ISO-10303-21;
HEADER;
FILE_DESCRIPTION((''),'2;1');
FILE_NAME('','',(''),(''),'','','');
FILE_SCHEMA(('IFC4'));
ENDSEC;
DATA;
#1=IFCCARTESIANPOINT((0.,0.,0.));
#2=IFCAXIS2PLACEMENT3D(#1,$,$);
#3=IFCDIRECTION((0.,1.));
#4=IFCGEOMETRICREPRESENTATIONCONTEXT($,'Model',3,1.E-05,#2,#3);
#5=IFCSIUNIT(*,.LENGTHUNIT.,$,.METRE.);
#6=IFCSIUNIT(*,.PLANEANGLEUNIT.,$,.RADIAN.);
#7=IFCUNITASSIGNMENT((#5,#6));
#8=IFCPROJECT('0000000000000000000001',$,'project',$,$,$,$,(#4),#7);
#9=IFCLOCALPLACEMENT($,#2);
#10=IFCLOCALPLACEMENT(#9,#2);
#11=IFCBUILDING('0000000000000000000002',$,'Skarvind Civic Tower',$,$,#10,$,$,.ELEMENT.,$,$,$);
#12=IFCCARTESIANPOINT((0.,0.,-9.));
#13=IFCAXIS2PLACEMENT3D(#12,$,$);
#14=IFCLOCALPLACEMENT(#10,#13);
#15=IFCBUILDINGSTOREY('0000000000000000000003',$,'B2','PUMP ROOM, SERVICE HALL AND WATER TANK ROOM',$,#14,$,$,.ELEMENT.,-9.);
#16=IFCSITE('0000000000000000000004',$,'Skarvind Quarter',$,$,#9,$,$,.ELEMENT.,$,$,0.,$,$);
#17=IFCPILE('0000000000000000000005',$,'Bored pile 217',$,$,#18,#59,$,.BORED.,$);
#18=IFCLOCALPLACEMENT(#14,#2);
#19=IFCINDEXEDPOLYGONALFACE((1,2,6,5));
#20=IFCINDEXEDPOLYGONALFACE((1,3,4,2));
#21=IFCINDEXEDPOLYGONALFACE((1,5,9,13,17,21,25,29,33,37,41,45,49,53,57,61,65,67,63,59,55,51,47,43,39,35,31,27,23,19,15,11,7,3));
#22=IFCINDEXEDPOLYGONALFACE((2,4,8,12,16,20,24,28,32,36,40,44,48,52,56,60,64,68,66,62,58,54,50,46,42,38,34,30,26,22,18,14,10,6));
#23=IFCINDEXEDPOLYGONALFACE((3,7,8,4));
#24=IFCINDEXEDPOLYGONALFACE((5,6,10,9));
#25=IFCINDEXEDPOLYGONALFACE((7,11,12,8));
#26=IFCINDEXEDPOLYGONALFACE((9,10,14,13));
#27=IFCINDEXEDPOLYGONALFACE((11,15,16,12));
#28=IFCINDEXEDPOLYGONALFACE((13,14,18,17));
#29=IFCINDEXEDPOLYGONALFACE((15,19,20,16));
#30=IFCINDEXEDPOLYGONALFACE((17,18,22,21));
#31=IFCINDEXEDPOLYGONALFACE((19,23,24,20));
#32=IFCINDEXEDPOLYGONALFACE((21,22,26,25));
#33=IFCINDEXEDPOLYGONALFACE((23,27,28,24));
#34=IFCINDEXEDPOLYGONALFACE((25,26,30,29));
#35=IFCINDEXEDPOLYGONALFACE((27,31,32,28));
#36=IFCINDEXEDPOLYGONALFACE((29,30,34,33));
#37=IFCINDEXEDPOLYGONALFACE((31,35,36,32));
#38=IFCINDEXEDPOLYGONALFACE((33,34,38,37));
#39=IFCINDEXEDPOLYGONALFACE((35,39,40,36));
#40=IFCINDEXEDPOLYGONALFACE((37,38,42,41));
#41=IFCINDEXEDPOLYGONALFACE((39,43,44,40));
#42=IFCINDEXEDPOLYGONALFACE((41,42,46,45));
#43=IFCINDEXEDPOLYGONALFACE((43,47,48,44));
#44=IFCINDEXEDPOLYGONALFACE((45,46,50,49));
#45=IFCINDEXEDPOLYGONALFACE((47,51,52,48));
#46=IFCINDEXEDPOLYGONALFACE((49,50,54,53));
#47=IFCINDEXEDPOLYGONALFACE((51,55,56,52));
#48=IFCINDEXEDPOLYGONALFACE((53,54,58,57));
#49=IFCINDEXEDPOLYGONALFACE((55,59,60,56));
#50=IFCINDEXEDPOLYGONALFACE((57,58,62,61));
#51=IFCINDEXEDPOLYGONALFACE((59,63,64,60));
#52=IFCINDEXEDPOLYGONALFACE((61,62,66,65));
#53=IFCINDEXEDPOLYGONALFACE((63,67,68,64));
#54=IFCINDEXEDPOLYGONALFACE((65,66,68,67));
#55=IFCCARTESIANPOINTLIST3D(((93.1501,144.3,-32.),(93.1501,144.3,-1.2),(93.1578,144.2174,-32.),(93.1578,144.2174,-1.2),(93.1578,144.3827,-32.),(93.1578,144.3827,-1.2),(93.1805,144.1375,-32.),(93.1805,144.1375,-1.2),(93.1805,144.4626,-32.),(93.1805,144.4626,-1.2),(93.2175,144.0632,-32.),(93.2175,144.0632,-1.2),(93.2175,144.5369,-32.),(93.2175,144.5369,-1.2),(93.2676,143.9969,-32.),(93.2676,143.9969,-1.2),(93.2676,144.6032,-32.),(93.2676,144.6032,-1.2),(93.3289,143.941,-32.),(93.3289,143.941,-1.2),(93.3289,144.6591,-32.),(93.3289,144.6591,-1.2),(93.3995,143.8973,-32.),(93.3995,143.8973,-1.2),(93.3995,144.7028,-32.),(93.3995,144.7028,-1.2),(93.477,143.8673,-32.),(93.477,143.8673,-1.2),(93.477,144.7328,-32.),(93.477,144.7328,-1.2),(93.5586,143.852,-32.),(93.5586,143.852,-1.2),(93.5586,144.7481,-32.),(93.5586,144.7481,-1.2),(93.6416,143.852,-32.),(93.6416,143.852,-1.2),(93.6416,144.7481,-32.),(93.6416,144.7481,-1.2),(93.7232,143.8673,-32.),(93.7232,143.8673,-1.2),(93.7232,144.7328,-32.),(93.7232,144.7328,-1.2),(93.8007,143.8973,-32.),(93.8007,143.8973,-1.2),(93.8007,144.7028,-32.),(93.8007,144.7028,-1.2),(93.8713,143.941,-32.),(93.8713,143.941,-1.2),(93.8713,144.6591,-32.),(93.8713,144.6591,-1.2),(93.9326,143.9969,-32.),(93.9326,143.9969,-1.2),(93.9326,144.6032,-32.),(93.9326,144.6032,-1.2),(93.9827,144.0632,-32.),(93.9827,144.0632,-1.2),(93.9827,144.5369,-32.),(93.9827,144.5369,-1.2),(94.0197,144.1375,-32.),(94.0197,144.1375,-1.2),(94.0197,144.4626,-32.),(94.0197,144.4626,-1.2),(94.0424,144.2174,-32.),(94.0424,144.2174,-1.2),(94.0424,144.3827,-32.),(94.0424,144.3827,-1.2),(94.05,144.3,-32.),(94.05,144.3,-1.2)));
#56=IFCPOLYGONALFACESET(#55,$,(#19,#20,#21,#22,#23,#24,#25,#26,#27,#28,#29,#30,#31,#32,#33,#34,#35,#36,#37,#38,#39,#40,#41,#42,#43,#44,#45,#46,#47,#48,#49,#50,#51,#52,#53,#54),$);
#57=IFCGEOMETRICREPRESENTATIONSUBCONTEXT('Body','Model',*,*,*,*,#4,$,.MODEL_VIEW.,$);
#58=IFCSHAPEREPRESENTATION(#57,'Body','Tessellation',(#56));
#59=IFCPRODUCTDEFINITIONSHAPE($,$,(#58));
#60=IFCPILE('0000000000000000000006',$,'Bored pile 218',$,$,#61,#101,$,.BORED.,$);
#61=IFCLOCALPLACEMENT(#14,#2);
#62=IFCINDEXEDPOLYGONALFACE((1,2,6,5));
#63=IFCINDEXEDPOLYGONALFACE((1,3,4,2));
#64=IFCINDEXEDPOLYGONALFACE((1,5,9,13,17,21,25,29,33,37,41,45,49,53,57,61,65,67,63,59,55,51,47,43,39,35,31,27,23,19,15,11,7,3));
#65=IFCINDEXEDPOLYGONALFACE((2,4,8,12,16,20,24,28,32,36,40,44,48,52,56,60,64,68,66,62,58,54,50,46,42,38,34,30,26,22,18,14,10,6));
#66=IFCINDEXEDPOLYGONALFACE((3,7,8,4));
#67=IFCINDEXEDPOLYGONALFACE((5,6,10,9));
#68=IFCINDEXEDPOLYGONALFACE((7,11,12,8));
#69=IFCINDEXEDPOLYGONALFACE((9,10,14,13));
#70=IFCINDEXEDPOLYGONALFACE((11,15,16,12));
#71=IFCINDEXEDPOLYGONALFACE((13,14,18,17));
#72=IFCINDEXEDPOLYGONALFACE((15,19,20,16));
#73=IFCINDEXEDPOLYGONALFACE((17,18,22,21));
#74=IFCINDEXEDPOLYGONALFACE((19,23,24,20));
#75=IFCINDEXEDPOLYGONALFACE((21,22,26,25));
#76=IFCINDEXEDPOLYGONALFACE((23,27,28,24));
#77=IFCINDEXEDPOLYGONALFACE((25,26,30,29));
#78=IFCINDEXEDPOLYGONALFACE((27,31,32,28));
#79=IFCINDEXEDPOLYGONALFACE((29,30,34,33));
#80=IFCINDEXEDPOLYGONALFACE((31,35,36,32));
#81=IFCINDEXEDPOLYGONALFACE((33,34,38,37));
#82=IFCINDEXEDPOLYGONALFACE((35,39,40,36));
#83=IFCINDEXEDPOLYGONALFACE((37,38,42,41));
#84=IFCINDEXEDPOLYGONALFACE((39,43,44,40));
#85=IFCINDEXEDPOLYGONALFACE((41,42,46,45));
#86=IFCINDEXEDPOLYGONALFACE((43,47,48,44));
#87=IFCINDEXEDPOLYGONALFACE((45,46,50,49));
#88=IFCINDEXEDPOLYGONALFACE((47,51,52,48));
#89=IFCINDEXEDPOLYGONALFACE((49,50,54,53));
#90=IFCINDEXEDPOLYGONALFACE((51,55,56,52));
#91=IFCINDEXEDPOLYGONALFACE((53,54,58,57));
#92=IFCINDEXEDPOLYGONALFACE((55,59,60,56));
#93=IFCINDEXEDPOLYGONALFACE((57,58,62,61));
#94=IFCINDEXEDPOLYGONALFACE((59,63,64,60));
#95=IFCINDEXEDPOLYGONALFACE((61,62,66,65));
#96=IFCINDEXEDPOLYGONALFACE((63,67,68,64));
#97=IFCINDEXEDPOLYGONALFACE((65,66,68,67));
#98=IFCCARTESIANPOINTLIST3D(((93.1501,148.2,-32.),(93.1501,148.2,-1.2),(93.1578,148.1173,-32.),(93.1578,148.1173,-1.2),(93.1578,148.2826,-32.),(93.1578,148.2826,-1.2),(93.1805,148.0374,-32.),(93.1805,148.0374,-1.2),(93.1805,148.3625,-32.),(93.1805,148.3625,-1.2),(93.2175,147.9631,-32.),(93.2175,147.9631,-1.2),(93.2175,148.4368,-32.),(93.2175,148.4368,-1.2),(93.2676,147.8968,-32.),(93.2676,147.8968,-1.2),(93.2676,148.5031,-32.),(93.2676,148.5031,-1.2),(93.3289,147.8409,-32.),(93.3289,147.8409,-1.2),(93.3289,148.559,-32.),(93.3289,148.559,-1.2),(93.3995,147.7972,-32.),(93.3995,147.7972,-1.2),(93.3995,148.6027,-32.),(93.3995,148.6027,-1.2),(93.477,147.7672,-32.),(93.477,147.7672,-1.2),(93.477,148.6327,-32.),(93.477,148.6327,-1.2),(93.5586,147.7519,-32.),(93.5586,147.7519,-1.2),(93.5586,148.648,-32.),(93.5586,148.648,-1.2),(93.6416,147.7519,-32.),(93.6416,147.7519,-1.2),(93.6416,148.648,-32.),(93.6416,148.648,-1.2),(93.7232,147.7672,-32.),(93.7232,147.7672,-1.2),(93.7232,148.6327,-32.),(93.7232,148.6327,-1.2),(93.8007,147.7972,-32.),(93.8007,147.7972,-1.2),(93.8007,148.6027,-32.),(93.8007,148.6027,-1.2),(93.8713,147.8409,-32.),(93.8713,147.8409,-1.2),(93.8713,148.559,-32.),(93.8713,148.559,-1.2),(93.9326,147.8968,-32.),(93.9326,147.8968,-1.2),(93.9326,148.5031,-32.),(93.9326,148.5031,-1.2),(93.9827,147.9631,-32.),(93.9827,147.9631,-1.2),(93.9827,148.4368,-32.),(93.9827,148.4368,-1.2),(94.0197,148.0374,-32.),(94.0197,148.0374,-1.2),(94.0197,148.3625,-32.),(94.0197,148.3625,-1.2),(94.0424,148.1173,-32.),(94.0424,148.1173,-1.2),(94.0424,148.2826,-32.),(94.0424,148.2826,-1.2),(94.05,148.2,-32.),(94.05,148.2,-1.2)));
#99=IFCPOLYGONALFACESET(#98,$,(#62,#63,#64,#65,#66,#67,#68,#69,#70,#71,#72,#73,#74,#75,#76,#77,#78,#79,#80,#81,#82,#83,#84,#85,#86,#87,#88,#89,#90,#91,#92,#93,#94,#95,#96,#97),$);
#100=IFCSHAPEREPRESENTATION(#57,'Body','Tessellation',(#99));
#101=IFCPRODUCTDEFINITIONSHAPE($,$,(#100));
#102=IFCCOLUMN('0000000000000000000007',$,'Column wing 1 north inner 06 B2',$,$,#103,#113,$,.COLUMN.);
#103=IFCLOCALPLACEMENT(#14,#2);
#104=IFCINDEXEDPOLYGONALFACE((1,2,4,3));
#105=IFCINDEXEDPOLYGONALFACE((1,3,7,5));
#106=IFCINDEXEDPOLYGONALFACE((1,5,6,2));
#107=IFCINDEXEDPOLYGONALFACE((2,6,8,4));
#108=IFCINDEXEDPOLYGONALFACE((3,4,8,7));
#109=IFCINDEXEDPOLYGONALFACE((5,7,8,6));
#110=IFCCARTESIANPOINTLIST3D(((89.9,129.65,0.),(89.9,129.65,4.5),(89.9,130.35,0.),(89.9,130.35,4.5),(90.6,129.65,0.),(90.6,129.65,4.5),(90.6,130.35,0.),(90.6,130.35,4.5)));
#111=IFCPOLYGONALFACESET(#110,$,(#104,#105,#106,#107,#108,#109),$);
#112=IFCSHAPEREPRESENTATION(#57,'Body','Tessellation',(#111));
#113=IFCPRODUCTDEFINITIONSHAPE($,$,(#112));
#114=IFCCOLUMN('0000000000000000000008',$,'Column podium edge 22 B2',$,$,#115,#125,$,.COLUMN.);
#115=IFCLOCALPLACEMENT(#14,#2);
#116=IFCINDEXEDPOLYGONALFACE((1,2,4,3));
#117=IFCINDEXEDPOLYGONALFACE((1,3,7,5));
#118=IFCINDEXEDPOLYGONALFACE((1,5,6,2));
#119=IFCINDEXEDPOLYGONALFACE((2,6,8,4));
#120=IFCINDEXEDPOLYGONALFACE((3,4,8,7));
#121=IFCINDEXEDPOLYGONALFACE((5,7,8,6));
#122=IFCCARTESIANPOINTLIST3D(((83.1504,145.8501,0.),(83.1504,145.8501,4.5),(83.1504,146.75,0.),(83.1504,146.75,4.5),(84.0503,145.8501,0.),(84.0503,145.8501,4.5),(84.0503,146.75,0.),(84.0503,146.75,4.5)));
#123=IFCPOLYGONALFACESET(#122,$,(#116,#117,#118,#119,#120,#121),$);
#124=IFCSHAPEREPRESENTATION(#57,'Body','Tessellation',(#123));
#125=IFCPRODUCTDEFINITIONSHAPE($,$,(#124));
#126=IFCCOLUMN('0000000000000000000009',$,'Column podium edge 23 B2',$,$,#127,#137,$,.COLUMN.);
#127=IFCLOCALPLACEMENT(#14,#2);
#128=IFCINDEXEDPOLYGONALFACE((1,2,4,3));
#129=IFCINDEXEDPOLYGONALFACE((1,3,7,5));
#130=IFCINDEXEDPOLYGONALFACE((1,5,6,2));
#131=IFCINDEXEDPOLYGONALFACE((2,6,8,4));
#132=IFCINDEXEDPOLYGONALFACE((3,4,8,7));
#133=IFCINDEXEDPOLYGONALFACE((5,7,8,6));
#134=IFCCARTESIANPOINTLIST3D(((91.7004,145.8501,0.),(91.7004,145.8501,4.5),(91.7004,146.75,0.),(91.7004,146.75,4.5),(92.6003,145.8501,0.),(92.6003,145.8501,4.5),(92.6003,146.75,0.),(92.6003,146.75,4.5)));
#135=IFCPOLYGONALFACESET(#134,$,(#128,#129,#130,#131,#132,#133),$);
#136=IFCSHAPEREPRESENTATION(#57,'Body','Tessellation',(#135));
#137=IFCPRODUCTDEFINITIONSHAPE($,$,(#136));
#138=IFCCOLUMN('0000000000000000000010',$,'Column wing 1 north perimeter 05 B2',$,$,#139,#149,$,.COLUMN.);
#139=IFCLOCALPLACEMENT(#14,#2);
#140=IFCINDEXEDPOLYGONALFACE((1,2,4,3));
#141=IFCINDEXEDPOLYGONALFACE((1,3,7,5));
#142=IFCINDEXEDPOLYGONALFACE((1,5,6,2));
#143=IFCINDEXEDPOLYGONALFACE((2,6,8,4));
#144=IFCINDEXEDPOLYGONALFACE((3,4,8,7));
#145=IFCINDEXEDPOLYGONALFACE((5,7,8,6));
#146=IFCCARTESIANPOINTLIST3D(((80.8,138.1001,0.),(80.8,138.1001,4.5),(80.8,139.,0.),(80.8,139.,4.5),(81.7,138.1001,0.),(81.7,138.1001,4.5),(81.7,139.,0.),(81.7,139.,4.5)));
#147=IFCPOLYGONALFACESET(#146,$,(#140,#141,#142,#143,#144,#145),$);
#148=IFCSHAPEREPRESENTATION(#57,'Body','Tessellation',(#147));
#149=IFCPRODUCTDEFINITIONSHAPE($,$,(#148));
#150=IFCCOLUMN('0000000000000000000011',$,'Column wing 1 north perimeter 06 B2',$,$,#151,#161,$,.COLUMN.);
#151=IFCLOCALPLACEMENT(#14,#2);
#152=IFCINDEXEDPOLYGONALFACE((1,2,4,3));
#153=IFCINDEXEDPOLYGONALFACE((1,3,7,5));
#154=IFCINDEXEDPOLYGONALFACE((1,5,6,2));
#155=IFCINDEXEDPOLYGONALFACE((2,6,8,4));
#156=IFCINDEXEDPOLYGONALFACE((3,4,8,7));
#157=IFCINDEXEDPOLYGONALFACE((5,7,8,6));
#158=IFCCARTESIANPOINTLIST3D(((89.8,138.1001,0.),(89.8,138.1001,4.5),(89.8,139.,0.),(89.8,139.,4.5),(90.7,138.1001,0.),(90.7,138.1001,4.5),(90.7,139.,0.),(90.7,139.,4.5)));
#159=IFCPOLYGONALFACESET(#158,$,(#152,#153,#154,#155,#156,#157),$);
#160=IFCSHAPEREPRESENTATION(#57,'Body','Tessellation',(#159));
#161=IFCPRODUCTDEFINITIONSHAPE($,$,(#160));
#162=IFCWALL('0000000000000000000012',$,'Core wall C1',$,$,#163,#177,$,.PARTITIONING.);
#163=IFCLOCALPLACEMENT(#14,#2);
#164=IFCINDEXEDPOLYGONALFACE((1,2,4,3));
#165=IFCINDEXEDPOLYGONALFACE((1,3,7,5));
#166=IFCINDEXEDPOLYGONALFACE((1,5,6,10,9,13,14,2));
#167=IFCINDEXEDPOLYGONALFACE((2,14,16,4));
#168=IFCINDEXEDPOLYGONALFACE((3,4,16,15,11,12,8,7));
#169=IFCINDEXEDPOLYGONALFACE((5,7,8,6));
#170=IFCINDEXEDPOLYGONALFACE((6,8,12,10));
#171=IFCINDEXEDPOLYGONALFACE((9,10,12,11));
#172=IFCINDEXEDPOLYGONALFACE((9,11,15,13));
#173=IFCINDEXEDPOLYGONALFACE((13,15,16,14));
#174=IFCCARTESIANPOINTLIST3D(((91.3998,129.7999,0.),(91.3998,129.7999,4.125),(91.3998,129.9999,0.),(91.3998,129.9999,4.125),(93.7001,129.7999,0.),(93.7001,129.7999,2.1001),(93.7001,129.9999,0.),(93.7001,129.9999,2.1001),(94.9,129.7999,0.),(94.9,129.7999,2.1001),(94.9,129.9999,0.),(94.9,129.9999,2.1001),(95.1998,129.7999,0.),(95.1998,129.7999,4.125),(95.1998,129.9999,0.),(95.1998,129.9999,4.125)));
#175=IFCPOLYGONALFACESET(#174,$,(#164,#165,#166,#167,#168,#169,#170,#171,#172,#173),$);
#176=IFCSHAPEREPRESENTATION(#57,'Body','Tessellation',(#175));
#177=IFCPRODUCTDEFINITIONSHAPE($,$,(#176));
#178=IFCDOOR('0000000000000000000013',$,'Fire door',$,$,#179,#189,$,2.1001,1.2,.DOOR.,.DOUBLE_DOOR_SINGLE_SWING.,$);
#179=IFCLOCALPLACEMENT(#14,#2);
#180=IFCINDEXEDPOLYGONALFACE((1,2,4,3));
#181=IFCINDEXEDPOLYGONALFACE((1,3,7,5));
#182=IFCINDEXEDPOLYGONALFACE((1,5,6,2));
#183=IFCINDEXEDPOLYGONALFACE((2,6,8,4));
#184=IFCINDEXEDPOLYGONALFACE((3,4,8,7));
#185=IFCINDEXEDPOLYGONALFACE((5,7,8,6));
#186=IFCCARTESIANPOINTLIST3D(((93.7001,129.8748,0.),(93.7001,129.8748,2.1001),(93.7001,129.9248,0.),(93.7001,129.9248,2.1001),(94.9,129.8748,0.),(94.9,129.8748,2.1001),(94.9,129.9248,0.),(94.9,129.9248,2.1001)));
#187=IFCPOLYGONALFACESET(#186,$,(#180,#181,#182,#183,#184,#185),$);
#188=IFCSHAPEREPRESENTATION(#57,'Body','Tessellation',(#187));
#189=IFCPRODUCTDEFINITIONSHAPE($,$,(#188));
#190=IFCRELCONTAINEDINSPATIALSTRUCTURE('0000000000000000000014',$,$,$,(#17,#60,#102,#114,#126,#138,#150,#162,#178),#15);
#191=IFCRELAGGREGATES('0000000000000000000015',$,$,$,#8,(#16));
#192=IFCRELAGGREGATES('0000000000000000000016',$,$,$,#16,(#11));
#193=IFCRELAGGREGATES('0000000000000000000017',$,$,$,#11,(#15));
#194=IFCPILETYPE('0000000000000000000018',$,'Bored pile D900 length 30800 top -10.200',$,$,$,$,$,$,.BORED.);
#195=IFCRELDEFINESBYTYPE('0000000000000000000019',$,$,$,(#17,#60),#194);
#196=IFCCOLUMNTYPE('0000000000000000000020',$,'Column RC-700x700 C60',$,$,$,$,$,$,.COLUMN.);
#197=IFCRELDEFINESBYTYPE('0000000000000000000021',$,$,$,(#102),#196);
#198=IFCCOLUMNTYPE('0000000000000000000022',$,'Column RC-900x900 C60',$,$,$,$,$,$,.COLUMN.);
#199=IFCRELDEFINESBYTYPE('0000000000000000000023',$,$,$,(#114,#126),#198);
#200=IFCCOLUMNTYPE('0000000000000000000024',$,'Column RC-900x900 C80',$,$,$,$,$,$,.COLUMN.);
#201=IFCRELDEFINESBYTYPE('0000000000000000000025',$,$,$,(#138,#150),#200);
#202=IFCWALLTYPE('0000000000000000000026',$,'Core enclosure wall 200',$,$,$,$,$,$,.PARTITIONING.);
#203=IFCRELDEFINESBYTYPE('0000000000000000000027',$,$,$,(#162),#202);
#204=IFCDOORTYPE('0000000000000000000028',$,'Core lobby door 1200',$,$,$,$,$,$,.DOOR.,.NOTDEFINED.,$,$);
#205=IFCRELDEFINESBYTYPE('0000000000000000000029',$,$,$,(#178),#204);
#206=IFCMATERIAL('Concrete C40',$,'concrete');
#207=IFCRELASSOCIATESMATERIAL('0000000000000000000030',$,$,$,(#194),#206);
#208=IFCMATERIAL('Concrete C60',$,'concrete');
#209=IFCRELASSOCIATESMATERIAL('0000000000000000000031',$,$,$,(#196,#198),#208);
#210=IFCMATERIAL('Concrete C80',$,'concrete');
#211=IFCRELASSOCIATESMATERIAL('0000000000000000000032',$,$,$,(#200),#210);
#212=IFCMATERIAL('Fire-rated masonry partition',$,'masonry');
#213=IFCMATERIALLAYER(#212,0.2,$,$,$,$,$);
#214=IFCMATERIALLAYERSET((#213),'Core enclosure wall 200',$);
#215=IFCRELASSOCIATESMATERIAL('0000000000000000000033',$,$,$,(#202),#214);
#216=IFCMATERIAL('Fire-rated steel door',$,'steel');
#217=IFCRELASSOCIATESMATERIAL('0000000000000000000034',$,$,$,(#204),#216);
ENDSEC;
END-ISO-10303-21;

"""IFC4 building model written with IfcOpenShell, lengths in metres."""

from ifc_helpers import new_model, si_unit, direction, frame, frame_2d, origin, origin_2d, place, context, subcontext, project, spatial, rectangle, circle, extrude, material, layer, layer_set, material_profile, profile_set, type_object, element, fill, save


model = new_model("IFC4")

# Units and contexts
model_context = context("Model", 3, precision=1e-05, world=origin(), true_north=direction((0.0, 1.0)))
body_context = subcontext(model_context, "Body", "Model", "MODEL_VIEW")
ifc_project = project(units=[si_unit("LENGTHUNIT", "METRE"), si_unit("PLANEANGLEUNIT", "RADIAN")], contexts=[model_context])

# Site, building, storey
site_placement = place(None, origin())
site = spatial("IfcSite", under=ifc_project, at=site_placement, Name="Skarvind Quarter", CompositionType="ELEMENT", RefElevation=0.0)
building_placement = place(site_placement, origin())
building = spatial("IfcBuilding", under=site, at=building_placement, Name="Skarvind Civic Tower", CompositionType="ELEMENT")
storey_placement = place(building_placement, frame((0.0, 0.0, -9.0)))
storey = spatial("IfcBuildingStorey", under=building, at=storey_placement, Name="B2", Description="PUMP ROOM, SERVICE HALL AND WATER TANK ROOM", CompositionType="ELEMENT", Elevation=-9.0)

# Piles
ifc_material_1 = material(Name="Concrete C40", Category="concrete")
pile_type_1 = type_object("IfcPileType", Name="Bored pile D900 length 30800 top -10.200", PredefinedType="BORED", material=ifc_material_1)
for number, where, z_axis, x_axis, name in (
    (1, (93.6001, 144.3, -1.2), (0.0, 0.0, -1.0), (1.0, 0.0, 0.0), "Bored pile 217"),
    (2, (93.6001, 148.2, -1.2), (0.0, 0.0, -1.0), (1.0, 0.0, 0.0), "Bored pile 218"),
):
    element("IfcPile", number, at=place(storey_placement, frame(where, z_axis=z_axis, x_axis=x_axis)), inside=storey, type_object=pile_type_1, Name=name, PredefinedType="BORED", context=body_context, shape_type="SweptSolid", body=[
        extrude(circle(Radius=0.45, at=origin_2d()), origin(), (0.0, 0.0, 1.0), 30.8),
    ])

# Columns
ifc_material_2 = material(Name="Concrete C60", Category="concrete")
ifc_material_profile_1 = material_profile(ifc_material_2, rectangle(XDim=0.7, YDim=0.7, at=origin_2d()), Name="RC-700x700")
ifc_profile_set_1 = profile_set([ifc_material_profile_1], Name="Concrete C60")
column_type_1 = type_object("IfcColumnType", Name="Column RC-700x700 C60", PredefinedType="COLUMN", material=ifc_profile_set_1)
column_placement = place(storey_placement, frame((90.25, 130.0, 0.0), z_axis=(0.0, 0.0, 1.0), x_axis=(1.0, 0.0, 0.0)))
element("IfcColumn", 3, at=column_placement, inside=storey, type_object=column_type_1, Name="Column wing 1 north inner 06 B2", PredefinedType="COLUMN", context=body_context, shape_type="SweptSolid", body=[
    extrude(rectangle(XDim=0.7, YDim=0.7, at=origin_2d()), origin(), (0.0, 0.0, 1.0), 4.5),
])
ifc_material_profile_2 = material_profile(ifc_material_2, rectangle(XDim=0.8999, YDim=0.8999, at=origin_2d()), Name="RC-900x900")
ifc_profile_set_2 = profile_set([ifc_material_profile_2], Name="Concrete C60")
column_type_2 = type_object("IfcColumnType", Name="Column RC-900x900 C60", PredefinedType="COLUMN", material=ifc_profile_set_2)
for number, where, z_axis, x_axis, name in (
    (4, (83.6003, 146.3, 0.0), (0.0, 0.0, 1.0), (1.0, 0.0, 0.0), "Column podium edge 22 B2"),
    (5, (92.1504, 146.3, 0.0), (0.0, 0.0, 1.0), (1.0, 0.0, 0.0), "Column podium edge 23 B2"),
):
    element("IfcColumn", number, at=place(storey_placement, frame(where, z_axis=z_axis, x_axis=x_axis)), inside=storey, type_object=column_type_2, Name=name, PredefinedType="COLUMN", context=body_context, shape_type="SweptSolid", body=[
        extrude(rectangle(XDim=0.8999, YDim=0.8999, at=origin_2d()), origin(), (0.0, 0.0, 1.0), 4.5),
    ])
ifc_material_3 = material(Name="Concrete C80", Category="concrete")
ifc_material_profile_3 = material_profile(ifc_material_3, rectangle(XDim=0.8999, YDim=0.8999, at=origin_2d()), Name="RC-900x900")
ifc_profile_set_3 = profile_set([ifc_material_profile_3], Name="Concrete C80")
column_type_3 = type_object("IfcColumnType", Name="Column RC-900x900 C80", PredefinedType="COLUMN", material=ifc_profile_set_3)
for number, where, z_axis, x_axis, name in (
    (6, (81.25, 138.55, 0.0), (0.0, 0.0, 1.0), (1.0, 0.0, 0.0), "Column wing 1 north perimeter 05 B2"),
    (7, (90.25, 138.55, 0.0), (0.0, 0.0, 1.0), (1.0, 0.0, 0.0), "Column wing 1 north perimeter 06 B2"),
):
    element("IfcColumn", number, at=place(storey_placement, frame(where, z_axis=z_axis, x_axis=x_axis)), inside=storey, type_object=column_type_3, Name=name, PredefinedType="COLUMN", context=body_context, shape_type="SweptSolid", body=[
        extrude(rectangle(XDim=0.8999, YDim=0.8999, at=origin_2d()), origin(), (0.0, 0.0, 1.0), 4.5),
    ])

# Wall, opening, door
ifc_material_4 = material(Name="Fire-rated masonry partition", Category="masonry")
ifc_layer_1 = layer(ifc_material_4, 0.2)
ifc_layer_set_1 = layer_set([ifc_layer_1], Name="Core enclosure wall 200")
wall_type_1 = type_object("IfcWallType", Name="Core enclosure wall 200", PredefinedType="PARTITIONING", material=ifc_layer_set_1)
wall_1_placement = place(storey_placement, frame((91.3999, 129.8999, 0.0), z_axis=(0.0, 0.0, 1.0), x_axis=(1.0, 0.0, 0.0)))
wall_1 = element("IfcWall", 8, at=wall_1_placement, inside=storey, type_object=wall_type_1, Name="Core wall C1", PredefinedType="PARTITIONING", context=body_context, shape_type="SweptSolid", body=[
    extrude(rectangle(XDim=3.8, YDim=0.2, at=frame_2d((1.8999, 0.0))), origin(), (0.0, 0.0, 1.0), 4.125),
])
opening_1_placement = place(wall_1_placement, frame((2.3, 0.0, 0.0)))
opening_1 = element("IfcOpeningElement", 9, at=opening_1_placement, cuts=wall_1, PredefinedType="OPENING", context=body_context, shape_type="SweptSolid", body=[
    extrude(rectangle(XDim=1.2, YDim=2.1001, at=frame_2d((0.6001, 1.05))), frame((0.0, 0.1099, 0.0), z_axis=(0.0, -1.0, 0.0), x_axis=(1.0, 0.0, 0.0)), (0.0, 0.0, 1.0), 0.22),
])
ifc_material_5 = material(Name="Fire-rated steel door", Category="steel")
door_type_1 = type_object("IfcDoorType", Name="Core lobby door 1200", OperationType="NOTDEFINED", PredefinedType="DOOR", material=ifc_material_5)
door_1_placement = place(opening_1_placement, origin())
door_1 = element("IfcDoor", 10, at=door_1_placement, inside=storey, type_object=door_type_1, Name="Fire door", OperationType="DOUBLE_DOOR_SINGLE_SWING", OverallHeight=2.1001, OverallWidth=1.2, PredefinedType="DOOR", context=body_context, shape_type="SweptSolid", body=[
    extrude(rectangle(XDim=1.2, YDim=2.1001, at=frame_2d((0.6001, 1.05))), frame((0.0, 0.0249, 0.0), z_axis=(0.0, -1.0, 0.0), x_axis=(1.0, 0.0, 0.0)), (0.0, 0.0, 1.0), 0.05),
])
fill(opening_1, door_1)

save(model, "model.ifc")
